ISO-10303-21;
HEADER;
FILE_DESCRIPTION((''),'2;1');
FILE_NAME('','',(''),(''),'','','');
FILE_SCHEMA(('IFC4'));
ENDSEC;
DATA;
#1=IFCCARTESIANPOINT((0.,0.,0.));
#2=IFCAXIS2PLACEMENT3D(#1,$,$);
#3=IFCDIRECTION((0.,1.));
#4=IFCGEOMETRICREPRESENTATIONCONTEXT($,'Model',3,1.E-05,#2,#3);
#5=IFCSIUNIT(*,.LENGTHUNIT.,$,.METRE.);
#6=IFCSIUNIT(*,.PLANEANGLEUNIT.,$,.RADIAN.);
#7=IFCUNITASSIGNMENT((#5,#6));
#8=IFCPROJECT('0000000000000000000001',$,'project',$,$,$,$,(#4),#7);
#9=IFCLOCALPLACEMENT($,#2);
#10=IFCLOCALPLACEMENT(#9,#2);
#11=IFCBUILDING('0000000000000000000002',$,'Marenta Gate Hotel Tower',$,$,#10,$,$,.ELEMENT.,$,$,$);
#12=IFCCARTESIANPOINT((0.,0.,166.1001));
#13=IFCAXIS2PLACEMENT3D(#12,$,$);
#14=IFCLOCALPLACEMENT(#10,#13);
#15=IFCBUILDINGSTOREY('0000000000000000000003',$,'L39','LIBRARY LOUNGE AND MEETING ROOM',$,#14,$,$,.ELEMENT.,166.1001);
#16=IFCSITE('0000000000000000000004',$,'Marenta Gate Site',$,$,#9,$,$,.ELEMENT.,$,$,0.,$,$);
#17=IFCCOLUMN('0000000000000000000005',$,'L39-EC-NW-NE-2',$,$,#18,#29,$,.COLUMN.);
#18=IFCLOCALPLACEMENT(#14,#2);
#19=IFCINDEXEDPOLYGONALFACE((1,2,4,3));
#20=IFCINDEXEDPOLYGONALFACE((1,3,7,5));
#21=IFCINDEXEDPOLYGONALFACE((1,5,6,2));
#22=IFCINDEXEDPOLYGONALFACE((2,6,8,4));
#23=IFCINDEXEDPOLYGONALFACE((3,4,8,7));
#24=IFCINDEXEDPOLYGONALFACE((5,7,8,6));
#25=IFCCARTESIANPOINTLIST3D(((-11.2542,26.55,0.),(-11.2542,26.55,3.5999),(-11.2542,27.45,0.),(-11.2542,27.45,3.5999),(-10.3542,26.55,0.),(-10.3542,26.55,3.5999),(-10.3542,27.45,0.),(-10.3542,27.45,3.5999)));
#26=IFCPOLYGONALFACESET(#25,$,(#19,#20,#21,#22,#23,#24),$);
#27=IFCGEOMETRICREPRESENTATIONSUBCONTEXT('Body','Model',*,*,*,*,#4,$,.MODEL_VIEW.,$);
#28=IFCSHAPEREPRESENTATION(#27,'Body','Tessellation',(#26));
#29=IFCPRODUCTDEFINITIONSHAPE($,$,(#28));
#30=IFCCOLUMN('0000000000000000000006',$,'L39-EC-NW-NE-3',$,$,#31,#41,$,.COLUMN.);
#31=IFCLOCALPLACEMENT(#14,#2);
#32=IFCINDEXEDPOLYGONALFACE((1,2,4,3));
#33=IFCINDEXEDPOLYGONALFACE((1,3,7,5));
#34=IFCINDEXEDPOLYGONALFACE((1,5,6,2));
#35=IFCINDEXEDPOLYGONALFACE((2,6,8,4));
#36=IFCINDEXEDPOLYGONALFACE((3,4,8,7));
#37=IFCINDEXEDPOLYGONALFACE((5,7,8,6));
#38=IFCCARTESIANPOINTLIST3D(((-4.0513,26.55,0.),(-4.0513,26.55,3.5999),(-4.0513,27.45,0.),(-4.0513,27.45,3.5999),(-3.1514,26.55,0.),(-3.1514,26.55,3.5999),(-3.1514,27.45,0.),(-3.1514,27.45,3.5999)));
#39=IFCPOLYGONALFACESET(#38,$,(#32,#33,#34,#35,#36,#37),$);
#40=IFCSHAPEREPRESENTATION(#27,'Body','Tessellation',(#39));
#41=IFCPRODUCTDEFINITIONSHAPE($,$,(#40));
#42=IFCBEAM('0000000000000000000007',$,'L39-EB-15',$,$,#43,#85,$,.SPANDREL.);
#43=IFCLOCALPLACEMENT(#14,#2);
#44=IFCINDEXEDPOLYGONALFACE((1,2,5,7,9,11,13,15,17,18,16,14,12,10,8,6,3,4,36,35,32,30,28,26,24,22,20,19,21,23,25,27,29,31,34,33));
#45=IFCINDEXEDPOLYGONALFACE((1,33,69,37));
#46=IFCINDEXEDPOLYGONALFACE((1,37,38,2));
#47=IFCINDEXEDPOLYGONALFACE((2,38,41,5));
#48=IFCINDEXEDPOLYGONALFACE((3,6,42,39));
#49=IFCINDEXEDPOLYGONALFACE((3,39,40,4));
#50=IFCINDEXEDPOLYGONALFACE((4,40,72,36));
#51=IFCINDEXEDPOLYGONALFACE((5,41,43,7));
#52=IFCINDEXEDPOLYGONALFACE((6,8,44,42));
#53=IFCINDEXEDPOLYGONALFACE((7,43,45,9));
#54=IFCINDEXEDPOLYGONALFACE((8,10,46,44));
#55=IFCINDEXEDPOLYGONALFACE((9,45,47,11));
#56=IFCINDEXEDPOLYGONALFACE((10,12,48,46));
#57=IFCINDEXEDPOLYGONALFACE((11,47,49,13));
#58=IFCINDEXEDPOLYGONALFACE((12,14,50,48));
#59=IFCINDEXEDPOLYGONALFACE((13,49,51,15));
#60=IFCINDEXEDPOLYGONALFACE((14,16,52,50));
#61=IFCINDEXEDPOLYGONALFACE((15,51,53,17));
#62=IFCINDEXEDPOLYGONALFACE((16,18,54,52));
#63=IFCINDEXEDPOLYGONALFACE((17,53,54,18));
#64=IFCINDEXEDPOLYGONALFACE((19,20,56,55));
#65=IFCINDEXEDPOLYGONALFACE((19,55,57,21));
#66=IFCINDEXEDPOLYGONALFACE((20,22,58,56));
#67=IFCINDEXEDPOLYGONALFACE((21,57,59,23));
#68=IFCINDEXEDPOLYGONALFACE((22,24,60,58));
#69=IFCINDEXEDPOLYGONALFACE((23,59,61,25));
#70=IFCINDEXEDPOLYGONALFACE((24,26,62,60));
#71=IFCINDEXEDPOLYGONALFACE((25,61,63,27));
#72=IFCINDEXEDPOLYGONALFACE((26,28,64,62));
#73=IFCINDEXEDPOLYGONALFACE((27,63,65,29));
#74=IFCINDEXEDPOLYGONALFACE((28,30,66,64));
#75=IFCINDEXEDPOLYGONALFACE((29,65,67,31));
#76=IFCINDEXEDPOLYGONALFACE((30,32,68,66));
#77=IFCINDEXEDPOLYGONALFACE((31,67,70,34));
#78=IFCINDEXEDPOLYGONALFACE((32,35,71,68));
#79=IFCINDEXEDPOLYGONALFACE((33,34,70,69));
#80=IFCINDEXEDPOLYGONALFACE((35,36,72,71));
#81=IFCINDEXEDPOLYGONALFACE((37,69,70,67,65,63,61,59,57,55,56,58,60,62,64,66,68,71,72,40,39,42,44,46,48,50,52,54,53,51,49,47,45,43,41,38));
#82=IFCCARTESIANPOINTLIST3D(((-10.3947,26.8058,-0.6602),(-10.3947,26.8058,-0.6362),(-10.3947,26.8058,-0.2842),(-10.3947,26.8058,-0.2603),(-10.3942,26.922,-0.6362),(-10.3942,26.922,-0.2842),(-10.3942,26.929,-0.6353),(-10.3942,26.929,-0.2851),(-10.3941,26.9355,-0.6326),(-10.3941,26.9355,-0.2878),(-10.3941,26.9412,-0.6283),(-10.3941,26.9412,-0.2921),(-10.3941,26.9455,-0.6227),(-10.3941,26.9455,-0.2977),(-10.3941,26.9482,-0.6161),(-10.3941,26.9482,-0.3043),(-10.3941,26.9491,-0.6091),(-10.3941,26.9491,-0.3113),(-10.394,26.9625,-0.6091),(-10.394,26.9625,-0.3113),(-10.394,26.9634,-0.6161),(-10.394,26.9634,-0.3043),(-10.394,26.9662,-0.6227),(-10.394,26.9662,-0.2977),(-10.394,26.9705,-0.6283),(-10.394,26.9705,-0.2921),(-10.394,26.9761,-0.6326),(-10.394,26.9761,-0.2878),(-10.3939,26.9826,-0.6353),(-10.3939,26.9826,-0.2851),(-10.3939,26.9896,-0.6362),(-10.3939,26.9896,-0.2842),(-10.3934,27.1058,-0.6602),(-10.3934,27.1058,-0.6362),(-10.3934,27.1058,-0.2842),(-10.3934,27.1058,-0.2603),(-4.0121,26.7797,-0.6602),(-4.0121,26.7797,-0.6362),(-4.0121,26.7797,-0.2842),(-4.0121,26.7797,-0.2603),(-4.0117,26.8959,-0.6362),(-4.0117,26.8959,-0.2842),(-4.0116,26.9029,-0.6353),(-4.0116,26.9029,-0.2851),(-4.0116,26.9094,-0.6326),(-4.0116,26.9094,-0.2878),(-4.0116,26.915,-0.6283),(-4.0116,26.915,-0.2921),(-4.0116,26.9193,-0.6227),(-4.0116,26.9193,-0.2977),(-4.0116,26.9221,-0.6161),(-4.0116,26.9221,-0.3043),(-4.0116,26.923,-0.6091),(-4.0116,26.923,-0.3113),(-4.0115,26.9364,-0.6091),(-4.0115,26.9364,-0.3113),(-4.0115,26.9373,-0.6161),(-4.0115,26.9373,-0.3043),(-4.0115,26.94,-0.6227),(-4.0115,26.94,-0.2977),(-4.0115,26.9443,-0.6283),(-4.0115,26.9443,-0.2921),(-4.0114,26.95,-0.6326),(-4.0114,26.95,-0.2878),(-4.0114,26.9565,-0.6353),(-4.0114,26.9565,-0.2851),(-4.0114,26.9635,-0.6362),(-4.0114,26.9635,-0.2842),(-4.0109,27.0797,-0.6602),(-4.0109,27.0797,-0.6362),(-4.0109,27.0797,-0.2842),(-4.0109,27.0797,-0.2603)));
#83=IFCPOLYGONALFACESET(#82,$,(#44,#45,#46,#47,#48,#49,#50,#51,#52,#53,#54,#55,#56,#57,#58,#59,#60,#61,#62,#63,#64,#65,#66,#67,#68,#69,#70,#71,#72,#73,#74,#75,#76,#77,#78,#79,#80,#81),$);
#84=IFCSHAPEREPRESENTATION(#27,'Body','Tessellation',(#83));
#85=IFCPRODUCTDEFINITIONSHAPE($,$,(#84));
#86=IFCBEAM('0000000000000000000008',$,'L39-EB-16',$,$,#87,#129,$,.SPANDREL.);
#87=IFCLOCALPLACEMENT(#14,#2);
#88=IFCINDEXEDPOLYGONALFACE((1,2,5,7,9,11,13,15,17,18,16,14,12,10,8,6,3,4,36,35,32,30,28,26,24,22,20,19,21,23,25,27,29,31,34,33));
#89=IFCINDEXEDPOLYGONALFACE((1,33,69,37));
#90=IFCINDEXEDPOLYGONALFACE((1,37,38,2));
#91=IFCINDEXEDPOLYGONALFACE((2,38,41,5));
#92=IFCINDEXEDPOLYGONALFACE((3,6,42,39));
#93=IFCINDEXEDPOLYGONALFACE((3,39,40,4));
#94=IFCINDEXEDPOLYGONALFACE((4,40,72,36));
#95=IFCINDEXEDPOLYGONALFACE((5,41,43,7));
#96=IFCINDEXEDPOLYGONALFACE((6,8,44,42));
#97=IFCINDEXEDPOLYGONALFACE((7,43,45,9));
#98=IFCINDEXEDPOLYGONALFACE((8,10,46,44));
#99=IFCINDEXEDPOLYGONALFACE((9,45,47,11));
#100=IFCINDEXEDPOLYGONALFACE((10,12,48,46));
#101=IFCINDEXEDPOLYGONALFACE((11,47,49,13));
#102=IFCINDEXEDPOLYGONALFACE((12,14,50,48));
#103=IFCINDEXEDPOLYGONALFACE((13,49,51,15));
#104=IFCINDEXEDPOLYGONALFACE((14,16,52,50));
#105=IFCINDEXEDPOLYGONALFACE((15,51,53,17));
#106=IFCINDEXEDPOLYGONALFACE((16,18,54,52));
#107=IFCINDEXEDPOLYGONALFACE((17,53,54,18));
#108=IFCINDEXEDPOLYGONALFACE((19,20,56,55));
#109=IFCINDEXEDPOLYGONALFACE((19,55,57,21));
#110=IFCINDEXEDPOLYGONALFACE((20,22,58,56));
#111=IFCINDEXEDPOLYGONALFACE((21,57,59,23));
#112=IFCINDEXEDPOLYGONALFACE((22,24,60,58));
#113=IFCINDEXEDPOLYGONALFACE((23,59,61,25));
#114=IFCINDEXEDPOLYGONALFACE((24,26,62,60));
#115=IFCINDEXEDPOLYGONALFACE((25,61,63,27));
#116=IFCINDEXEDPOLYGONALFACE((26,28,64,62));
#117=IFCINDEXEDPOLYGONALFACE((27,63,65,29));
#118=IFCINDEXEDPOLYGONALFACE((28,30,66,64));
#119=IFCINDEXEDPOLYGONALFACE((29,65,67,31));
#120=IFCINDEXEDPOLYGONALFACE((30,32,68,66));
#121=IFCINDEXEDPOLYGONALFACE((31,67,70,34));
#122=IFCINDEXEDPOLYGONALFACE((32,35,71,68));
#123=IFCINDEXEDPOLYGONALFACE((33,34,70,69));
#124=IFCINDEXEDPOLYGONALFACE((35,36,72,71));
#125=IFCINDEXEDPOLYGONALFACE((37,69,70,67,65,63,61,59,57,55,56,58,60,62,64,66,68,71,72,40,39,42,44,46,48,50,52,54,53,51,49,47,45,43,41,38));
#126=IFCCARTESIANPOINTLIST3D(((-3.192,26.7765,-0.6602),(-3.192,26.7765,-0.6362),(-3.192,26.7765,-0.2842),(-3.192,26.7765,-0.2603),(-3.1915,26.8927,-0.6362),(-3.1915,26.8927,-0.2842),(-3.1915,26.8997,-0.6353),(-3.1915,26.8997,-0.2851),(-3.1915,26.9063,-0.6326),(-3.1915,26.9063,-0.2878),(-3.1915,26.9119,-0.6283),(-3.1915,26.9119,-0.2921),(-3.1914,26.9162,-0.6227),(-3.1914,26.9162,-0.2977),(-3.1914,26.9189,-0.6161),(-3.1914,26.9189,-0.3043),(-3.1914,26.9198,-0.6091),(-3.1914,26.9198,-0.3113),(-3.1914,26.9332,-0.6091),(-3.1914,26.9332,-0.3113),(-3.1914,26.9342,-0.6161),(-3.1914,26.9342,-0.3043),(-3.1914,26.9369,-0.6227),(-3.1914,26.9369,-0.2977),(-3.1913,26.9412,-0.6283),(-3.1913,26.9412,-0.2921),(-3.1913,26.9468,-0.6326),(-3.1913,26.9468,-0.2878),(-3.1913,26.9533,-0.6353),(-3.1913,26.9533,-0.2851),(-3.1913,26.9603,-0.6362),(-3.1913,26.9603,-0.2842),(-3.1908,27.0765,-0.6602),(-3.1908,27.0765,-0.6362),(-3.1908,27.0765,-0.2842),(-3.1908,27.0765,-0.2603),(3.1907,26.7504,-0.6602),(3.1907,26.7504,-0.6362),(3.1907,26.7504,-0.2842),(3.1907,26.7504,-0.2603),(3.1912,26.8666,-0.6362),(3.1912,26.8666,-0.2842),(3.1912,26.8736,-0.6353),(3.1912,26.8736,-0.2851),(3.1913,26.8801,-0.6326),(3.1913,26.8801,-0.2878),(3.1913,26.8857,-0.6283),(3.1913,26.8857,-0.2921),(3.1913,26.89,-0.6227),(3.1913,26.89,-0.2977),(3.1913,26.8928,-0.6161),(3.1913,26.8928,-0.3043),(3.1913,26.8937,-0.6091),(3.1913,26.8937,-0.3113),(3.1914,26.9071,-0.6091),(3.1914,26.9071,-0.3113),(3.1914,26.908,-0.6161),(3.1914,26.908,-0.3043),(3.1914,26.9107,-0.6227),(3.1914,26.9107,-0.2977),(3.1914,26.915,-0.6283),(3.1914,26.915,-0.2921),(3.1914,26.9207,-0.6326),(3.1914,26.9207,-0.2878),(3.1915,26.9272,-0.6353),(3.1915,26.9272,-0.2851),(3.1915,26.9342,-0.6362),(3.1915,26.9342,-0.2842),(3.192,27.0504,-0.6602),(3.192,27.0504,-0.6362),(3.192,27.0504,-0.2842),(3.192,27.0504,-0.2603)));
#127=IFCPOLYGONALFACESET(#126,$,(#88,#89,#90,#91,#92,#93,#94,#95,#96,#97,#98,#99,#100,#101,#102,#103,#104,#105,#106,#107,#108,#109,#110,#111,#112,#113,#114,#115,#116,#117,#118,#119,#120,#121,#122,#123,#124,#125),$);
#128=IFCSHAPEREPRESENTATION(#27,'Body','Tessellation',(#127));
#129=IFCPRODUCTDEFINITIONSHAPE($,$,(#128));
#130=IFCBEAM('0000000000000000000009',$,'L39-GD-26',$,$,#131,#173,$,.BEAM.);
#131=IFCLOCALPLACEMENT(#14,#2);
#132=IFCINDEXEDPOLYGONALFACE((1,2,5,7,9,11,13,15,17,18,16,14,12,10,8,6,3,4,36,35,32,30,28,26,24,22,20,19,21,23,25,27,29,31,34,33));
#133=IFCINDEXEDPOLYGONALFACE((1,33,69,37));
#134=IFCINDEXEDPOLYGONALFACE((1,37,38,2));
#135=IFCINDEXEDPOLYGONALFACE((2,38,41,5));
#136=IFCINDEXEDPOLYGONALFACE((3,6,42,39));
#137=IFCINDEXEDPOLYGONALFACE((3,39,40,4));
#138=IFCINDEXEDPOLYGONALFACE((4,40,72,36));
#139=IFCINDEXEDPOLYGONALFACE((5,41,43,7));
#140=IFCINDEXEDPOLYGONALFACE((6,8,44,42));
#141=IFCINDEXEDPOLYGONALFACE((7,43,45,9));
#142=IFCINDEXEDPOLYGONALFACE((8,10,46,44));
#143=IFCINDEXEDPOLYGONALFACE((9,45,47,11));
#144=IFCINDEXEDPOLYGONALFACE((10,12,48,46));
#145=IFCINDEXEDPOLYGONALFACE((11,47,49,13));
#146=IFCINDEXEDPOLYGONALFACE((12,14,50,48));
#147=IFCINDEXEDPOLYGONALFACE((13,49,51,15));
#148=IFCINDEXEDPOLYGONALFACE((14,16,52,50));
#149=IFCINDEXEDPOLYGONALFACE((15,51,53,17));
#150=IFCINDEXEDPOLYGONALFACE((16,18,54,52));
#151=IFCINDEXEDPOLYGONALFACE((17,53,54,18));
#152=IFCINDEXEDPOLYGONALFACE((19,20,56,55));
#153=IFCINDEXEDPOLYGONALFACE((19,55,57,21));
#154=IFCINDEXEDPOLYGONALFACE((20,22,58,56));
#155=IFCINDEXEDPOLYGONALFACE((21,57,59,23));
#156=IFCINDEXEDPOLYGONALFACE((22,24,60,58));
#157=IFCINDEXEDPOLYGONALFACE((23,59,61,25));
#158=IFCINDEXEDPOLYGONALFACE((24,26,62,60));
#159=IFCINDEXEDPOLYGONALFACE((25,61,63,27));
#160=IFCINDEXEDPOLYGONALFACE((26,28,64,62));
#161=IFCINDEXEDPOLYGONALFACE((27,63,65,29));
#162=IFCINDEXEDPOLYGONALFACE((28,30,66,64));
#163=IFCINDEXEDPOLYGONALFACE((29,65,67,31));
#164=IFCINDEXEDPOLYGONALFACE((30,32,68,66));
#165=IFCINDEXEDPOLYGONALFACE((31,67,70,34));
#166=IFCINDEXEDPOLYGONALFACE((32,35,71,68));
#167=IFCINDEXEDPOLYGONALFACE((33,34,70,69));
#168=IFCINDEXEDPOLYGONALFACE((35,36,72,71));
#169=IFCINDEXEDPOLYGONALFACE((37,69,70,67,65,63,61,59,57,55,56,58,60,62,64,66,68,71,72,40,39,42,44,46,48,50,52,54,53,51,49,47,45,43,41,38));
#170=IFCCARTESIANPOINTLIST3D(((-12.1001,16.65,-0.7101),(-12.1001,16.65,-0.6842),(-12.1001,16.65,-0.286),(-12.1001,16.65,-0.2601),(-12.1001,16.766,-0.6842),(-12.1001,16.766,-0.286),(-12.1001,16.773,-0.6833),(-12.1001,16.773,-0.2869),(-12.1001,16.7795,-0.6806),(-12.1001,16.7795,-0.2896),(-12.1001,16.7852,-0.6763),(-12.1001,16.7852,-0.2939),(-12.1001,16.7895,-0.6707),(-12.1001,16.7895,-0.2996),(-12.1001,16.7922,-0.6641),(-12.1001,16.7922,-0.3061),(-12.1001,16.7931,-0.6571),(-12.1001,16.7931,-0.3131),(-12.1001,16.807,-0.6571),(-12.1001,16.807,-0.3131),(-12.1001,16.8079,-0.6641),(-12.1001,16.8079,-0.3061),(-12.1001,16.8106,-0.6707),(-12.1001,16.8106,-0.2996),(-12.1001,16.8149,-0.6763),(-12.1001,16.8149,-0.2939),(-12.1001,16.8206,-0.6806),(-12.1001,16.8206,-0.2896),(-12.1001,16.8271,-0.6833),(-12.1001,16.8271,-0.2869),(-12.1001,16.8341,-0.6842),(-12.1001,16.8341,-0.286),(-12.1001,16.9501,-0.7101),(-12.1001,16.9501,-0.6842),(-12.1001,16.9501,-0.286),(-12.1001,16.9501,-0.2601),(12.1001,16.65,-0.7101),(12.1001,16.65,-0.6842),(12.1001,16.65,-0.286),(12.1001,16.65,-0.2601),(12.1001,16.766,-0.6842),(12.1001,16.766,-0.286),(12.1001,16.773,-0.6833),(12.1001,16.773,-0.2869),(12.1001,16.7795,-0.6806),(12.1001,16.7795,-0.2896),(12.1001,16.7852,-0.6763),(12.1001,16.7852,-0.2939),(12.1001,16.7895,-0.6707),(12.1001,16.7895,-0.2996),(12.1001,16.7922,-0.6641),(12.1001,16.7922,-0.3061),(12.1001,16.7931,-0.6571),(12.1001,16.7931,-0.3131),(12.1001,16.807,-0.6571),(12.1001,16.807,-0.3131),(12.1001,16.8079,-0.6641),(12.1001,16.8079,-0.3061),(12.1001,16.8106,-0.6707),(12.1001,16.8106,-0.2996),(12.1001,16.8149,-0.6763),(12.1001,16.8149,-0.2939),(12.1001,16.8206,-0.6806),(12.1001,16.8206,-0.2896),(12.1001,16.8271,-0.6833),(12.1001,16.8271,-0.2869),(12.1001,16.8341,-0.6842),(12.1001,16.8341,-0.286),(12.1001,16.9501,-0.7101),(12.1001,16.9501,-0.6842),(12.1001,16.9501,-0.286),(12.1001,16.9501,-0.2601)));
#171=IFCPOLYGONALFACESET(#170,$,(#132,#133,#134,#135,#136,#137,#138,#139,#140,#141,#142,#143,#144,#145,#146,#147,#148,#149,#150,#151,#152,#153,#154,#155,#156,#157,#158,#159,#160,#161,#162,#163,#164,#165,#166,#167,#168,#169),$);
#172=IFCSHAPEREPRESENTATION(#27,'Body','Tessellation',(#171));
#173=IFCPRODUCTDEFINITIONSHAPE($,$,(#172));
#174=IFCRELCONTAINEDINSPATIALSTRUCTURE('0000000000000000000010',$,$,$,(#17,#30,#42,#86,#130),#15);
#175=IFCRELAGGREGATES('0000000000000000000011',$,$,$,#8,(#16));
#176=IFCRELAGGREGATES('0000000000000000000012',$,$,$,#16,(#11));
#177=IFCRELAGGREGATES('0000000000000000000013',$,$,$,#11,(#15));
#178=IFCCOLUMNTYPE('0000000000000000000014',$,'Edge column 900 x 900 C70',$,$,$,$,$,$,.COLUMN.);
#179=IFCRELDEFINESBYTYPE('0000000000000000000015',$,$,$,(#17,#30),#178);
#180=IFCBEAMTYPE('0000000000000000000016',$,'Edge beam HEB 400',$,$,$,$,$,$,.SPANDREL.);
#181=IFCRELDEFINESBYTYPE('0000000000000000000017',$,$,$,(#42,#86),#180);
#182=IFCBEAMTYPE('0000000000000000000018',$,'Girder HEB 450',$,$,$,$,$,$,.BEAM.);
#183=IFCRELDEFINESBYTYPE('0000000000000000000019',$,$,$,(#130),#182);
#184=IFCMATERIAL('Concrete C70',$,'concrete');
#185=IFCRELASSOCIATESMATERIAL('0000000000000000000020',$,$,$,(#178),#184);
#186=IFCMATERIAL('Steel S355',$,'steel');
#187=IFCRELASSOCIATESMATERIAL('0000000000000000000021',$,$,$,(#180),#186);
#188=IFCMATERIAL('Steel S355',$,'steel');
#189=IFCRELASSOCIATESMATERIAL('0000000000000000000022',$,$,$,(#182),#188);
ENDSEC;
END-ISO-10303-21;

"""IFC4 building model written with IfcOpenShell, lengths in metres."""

from ifc_helpers import new_model, si_unit, direction, frame, origin, origin_2d, place, context, subcontext, project, spatial, rectangle, i_section, extrude, material, material_profile, profile_set, type_object, element, save


model = new_model("IFC4")

# Units and contexts
model_context = context("Model", 3, precision=1e-05, world=origin(), true_north=direction((0.0, 1.0)))
body_context = subcontext(model_context, "Body", "Model", "MODEL_VIEW")
ifc_project = project(units=[si_unit("LENGTHUNIT", "METRE"), si_unit("PLANEANGLEUNIT", "RADIAN")], contexts=[model_context])

# Site, building, storey
site_placement = place(None, origin())
site = spatial("IfcSite", under=ifc_project, at=site_placement, Name="Marenta Gate Site", CompositionType="ELEMENT", RefElevation=0.0)
building_placement = place(site_placement, origin())
building = spatial("IfcBuilding", under=site, at=building_placement, Name="Marenta Gate Hotel Tower", CompositionType="ELEMENT")
storey_placement = place(building_placement, frame((0.0, 0.0, 166.1001)))
storey = spatial("IfcBuildingStorey", under=building, at=storey_placement, Name="L39", Description="LIBRARY LOUNGE AND MEETING ROOM", CompositionType="ELEMENT", Elevation=166.1001)

# Columns
ifc_material_1 = material(Name="Concrete C70", Category="concrete")
ifc_material_profile_1 = material_profile(ifc_material_1, rectangle(XDim=0.8999, YDim=0.8999, at=origin_2d()), Name="900 x 900")
ifc_profile_set_1 = profile_set([ifc_material_profile_1], Name="Concrete C70")
column_type = type_object("IfcColumnType", Name="Edge column 900 x 900 C70", PredefinedType="COLUMN", material=ifc_profile_set_1)
for number, where, z_axis, x_axis, name in (
    (1, (-10.8042, 27.0, 0.0), (0.0, 0.0, 1.0), (1.0, 0.0, 0.0), "L39-EC-NW-NE-2"),
    (2, (-3.6013, 27.0, 0.0), (0.0, 0.0, 1.0), (1.0, 0.0, 0.0), "L39-EC-NW-NE-3"),
):
    element("IfcColumn", number, at=place(storey_placement, frame(where, z_axis=z_axis, x_axis=x_axis)), inside=storey, type_object=column_type, Name=name, PredefinedType="COLUMN", context=body_context, shape_type="SweptSolid", body=[
        extrude(rectangle(XDim=0.8999, YDim=0.8999, at=origin_2d()), origin(), (0.0, 0.0, 1.0), 3.5999),
    ])

# Beams
ifc_material_2 = material(Name="Steel S355", Category="steel")
ifc_material_profile_2 = material_profile(ifc_material_2, i_section(OverallWidth=0.3, OverallDepth=0.3999, WebThickness=0.0134, FlangeThickness=0.0239, FilletRadius=0.0271, at=origin_2d()), Name="HEB 400")
ifc_profile_set_2 = profile_set([ifc_material_profile_2], Name="Steel S355")
beam_type_1 = type_object("IfcBeamType", Name="Edge beam HEB 400", PredefinedType="SPANDREL", material=ifc_profile_set_2)
beam_1_placement = place(storey_placement, frame((-10.394, 26.9558, -0.4602), z_axis=(0.999992, -0.004093, 0.0), x_axis=(0.004093, 0.999992, 0.0)))
element("IfcBeam", 3, at=beam_1_placement, inside=storey, type_object=beam_type_1, Name="L39-EB-15", PredefinedType="SPANDREL", context=body_context, shape_type="SweptSolid", body=[
    extrude(i_section(OverallWidth=0.3, OverallDepth=0.3999, WebThickness=0.0134, FlangeThickness=0.0239, FilletRadius=0.0271, at=origin_2d()), origin(), (0.0, 0.0, 1.0), 6.3826),
])
beam_2_placement = place(storey_placement, frame((-3.1914, 26.9265, -0.4602), z_axis=(0.999992, -0.004093, 0.0), x_axis=(0.004093, 0.999992, 0.0)))
element("IfcBeam", 4, at=beam_2_placement, inside=storey, type_object=beam_type_1, Name="L39-EB-16", PredefinedType="SPANDREL", context=body_context, shape_type="SweptSolid", body=[
    extrude(i_section(OverallWidth=0.3, OverallDepth=0.3999, WebThickness=0.0134, FlangeThickness=0.0239, FilletRadius=0.0271, at=origin_2d()), origin(), (0.0, 0.0, 1.0), 6.3828),
])
ifc_material_3 = material(Name="Steel S355", Category="steel")
ifc_material_profile_3 = material_profile(ifc_material_3, i_section(OverallWidth=0.3, OverallDepth=0.45, WebThickness=0.0139, FlangeThickness=0.0259, FilletRadius=0.0271, at=origin_2d()), Name="HEB 450")
ifc_profile_set_3 = profile_set([ifc_material_profile_3], Name="Steel S355")
beam_type_2 = type_object("IfcBeamType", Name="Girder HEB 450", PredefinedType="BEAM", material=ifc_profile_set_3)
beam_3_placement = place(storey_placement, frame((-12.1001, 16.8, -0.4851), z_axis=(1.0, 0.0, 0.0), x_axis=(0.0, 1.0, 0.0)))
element("IfcBeam", 5, at=beam_3_placement, inside=storey, type_object=beam_type_2, Name="L39-GD-26", PredefinedType="BEAM", context=body_context, shape_type="SweptSolid", body=[
    extrude(i_section(OverallWidth=0.3, OverallDepth=0.45, WebThickness=0.0139, FlangeThickness=0.0259, FilletRadius=0.0271, at=origin_2d()), origin(), (0.0, 0.0, 1.0), 24.2002),
])

save(model, "model.ifc")
